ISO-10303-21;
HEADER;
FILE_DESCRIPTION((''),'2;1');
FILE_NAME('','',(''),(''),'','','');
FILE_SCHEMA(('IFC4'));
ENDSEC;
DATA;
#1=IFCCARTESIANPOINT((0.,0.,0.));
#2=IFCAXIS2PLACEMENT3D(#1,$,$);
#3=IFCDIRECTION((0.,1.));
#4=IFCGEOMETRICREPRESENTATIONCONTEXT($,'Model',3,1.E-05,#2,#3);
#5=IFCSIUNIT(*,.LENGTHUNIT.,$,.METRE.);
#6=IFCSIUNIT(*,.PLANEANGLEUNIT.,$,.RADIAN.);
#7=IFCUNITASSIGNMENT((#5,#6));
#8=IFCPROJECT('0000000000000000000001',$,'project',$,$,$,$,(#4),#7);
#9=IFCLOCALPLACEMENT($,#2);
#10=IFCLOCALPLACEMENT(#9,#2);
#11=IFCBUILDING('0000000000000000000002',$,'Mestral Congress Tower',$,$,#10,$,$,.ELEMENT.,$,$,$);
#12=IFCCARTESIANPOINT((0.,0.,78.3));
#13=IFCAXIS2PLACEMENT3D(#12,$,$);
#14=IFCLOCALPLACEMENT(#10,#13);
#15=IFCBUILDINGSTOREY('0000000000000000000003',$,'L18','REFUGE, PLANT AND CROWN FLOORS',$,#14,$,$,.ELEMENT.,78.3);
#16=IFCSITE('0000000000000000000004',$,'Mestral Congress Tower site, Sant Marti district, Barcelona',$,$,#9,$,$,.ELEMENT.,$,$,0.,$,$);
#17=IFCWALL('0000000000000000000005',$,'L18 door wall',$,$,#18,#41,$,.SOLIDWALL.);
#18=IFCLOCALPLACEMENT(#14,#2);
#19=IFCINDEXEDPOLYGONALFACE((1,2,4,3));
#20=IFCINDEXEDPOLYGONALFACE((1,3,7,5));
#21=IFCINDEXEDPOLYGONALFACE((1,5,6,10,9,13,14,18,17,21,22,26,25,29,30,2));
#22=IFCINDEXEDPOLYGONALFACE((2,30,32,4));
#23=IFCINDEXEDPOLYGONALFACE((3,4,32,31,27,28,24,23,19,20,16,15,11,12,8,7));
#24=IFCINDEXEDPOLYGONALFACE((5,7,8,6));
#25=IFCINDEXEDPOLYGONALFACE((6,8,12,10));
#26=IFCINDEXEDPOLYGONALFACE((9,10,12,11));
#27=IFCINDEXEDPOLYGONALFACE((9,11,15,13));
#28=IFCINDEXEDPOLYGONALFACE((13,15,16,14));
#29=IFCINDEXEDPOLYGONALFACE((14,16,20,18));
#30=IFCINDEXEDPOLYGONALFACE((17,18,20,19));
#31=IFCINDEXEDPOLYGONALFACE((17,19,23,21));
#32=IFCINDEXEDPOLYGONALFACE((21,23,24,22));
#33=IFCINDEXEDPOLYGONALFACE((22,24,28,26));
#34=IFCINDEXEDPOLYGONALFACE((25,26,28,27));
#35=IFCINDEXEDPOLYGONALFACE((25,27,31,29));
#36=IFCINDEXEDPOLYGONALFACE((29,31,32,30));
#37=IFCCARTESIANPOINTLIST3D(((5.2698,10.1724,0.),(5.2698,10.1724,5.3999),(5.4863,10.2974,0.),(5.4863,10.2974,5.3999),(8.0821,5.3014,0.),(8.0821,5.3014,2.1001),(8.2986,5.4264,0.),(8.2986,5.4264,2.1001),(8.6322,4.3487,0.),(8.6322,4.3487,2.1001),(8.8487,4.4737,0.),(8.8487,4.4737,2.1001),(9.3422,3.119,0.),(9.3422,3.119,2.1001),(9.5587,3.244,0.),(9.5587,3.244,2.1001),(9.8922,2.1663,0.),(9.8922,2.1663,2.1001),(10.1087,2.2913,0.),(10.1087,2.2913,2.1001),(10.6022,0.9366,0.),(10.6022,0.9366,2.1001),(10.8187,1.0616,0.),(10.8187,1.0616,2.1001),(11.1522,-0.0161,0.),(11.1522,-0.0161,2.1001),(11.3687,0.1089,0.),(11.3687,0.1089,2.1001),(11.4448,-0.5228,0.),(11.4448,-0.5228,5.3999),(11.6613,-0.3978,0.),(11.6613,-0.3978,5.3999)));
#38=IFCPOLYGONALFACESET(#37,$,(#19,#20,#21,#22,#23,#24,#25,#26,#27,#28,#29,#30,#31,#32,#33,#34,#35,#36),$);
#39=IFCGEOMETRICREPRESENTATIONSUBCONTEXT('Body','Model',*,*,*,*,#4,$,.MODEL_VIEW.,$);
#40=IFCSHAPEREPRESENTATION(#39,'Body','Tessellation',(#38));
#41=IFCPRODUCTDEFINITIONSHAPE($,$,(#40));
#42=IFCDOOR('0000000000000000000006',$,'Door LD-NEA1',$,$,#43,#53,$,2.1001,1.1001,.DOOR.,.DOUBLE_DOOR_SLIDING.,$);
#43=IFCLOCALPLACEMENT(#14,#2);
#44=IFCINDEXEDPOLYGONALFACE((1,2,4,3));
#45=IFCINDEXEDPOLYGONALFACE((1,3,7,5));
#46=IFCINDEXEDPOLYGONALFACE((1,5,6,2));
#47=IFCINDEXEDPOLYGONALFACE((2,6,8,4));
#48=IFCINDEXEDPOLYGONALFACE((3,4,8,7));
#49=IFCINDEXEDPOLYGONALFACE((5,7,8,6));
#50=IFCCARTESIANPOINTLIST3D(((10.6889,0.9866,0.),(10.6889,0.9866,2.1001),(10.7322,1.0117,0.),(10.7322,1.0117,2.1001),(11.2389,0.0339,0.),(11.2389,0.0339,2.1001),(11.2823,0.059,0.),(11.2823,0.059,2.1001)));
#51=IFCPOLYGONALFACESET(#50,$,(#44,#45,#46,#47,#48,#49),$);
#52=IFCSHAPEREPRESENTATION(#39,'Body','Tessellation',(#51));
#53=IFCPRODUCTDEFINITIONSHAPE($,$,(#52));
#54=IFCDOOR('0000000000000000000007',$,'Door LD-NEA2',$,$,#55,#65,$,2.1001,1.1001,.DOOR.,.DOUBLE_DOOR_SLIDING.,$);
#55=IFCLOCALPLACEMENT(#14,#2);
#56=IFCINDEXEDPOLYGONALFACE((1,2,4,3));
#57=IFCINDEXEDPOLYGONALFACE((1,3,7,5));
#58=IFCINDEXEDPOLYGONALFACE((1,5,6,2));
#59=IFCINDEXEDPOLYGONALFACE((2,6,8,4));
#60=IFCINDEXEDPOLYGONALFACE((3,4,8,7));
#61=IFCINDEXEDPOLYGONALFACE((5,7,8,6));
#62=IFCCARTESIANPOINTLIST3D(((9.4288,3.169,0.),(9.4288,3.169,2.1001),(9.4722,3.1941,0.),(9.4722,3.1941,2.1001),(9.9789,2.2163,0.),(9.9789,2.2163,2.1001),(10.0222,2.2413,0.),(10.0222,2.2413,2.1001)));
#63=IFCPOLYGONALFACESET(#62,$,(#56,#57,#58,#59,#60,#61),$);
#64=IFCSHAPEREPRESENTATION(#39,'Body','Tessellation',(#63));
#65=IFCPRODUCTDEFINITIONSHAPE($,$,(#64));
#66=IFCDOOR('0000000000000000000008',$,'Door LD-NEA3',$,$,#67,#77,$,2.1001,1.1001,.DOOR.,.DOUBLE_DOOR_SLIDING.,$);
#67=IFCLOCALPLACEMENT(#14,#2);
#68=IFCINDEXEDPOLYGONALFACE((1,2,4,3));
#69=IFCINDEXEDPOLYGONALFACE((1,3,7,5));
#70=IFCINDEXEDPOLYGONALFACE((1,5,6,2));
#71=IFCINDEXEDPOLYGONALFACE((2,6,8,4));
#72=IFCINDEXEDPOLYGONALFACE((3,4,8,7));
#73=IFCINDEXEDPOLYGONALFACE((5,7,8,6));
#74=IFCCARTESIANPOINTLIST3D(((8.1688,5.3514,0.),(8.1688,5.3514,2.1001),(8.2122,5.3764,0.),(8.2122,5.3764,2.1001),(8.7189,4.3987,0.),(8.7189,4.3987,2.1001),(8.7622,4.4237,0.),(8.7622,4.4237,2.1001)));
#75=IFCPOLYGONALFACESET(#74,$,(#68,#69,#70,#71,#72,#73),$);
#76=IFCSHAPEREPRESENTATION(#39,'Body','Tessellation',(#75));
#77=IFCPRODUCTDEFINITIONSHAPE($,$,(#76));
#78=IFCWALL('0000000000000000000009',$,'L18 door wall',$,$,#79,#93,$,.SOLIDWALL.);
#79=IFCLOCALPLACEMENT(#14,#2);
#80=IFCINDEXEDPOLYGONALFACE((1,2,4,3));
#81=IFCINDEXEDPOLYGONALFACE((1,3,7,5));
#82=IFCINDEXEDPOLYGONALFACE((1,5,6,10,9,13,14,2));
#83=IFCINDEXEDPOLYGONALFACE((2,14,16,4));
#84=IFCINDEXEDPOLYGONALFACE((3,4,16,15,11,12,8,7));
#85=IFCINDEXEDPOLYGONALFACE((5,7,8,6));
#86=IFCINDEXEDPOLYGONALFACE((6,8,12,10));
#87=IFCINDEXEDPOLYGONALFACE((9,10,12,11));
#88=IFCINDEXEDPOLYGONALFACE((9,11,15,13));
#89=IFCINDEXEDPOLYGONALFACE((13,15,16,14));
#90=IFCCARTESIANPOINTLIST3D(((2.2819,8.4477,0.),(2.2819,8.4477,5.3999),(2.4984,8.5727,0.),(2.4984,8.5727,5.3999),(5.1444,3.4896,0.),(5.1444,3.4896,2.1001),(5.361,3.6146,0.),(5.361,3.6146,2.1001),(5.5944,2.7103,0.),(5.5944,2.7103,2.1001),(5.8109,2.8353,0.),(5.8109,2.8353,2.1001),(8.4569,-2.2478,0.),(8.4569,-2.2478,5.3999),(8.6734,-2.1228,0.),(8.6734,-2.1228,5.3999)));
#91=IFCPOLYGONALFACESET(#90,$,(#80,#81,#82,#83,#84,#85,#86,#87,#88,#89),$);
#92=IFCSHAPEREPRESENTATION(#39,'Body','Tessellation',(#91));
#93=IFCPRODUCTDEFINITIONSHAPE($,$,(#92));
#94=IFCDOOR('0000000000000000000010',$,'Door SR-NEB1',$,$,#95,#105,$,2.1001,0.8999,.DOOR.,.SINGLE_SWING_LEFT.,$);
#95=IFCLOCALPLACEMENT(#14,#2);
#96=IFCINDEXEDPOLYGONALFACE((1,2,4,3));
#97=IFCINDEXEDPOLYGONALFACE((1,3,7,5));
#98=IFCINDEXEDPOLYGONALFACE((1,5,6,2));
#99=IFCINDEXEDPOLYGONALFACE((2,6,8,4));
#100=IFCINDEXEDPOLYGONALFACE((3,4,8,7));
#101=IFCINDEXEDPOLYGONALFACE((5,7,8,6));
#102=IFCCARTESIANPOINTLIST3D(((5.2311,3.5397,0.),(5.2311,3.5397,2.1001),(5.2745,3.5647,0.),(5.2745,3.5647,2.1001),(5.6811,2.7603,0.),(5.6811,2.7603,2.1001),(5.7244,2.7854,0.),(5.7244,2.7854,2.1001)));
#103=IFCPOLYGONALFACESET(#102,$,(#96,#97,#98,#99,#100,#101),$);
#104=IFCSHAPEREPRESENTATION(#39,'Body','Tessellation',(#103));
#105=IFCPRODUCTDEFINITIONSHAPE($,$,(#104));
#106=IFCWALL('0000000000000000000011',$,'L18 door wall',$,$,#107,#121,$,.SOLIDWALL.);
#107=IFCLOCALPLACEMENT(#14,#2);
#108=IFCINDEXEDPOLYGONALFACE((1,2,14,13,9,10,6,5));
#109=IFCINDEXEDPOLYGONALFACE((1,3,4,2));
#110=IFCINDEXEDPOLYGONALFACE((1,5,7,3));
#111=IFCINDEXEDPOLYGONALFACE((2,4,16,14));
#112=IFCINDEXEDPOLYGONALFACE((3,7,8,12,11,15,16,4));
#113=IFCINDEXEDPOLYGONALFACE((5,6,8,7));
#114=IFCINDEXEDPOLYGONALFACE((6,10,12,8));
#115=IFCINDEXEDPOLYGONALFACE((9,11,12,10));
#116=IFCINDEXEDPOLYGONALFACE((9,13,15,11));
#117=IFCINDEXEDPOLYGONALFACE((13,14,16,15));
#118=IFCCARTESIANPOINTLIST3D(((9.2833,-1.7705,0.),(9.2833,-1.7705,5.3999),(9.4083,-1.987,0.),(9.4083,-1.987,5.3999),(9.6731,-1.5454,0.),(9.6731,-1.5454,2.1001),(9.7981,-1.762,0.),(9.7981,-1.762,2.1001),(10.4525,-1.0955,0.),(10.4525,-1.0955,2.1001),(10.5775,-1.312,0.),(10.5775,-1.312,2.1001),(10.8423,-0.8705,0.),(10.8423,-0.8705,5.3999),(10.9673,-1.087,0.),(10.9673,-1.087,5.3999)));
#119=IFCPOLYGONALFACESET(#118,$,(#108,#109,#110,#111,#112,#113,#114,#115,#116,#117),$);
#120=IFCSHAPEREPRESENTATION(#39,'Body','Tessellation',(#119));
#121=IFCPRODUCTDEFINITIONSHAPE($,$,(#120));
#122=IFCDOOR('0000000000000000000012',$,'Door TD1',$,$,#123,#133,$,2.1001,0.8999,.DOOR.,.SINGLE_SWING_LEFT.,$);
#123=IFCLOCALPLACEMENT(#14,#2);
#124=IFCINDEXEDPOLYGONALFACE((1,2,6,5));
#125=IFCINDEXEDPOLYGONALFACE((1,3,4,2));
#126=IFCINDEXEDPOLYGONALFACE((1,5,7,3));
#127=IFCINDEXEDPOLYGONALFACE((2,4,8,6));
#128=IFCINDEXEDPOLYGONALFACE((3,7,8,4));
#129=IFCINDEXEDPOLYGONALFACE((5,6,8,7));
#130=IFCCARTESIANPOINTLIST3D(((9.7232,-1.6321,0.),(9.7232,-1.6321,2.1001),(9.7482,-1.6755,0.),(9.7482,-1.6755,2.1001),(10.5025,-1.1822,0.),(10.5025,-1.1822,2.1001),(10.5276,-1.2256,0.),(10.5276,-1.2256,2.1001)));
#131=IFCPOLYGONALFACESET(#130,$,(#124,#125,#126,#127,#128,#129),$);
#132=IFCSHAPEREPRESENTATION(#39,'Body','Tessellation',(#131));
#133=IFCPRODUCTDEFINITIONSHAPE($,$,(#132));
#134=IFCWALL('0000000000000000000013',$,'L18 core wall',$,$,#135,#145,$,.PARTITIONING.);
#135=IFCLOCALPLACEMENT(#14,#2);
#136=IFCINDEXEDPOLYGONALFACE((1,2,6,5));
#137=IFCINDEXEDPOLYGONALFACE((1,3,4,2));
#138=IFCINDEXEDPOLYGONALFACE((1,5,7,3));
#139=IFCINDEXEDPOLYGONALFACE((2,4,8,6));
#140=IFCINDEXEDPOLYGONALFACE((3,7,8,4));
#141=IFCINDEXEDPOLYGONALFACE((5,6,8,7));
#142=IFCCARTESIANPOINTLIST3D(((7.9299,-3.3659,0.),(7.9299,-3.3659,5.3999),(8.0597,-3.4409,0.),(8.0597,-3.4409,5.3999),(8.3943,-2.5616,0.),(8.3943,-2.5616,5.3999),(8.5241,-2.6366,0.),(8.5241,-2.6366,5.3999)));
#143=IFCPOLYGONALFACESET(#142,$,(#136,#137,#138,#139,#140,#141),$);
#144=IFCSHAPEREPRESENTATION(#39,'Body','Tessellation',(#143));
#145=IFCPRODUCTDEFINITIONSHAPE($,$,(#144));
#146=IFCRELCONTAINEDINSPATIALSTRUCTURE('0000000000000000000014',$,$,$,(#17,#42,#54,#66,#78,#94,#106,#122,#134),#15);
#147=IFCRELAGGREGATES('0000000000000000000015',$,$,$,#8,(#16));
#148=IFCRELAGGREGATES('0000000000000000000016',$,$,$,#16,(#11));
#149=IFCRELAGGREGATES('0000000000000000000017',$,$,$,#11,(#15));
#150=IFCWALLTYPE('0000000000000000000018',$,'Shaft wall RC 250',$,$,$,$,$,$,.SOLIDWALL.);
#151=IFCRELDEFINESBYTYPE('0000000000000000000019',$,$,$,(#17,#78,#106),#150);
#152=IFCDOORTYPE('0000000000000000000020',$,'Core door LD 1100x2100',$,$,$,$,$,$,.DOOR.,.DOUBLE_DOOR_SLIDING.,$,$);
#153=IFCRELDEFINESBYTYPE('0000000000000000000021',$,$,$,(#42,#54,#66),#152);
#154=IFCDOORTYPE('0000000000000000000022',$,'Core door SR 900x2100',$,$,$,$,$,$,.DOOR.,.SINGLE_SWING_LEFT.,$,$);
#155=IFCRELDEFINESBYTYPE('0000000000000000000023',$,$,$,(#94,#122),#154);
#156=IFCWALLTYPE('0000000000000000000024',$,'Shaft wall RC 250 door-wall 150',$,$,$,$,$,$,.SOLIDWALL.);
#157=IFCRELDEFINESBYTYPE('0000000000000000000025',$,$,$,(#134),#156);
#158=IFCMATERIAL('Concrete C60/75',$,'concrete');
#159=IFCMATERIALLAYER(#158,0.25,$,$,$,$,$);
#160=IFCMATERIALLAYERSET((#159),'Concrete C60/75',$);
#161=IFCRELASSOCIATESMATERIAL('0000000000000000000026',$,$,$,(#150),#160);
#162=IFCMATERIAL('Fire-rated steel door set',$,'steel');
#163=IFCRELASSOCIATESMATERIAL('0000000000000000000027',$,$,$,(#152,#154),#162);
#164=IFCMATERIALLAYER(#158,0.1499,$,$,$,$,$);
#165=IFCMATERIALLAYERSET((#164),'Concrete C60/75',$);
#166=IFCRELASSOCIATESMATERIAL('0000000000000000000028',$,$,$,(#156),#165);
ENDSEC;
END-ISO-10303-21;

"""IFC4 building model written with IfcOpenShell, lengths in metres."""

from ifc_helpers import new_model, si_unit, direction, frame, frame_2d, origin, place, context, subcontext, project, spatial, rectangle, extrude, material, layer, layer_set, type_object, element, fill, save


model = new_model("IFC4")

# Units and contexts
model_context = context("Model", 3, precision=1e-05, world=origin(), true_north=direction((0.0, 1.0)))
body_context = subcontext(model_context, "Body", "Model", "MODEL_VIEW")
ifc_project = project(units=[si_unit("LENGTHUNIT", "METRE"), si_unit("PLANEANGLEUNIT", "RADIAN")], contexts=[model_context])

# Site, building, storey
site_placement = place(None, origin())
site = spatial("IfcSite", under=ifc_project, at=site_placement, Name="Mestral Congress Tower site, Sant Marti district, Barcelona", CompositionType="ELEMENT", RefElevation=0.0)
building_placement = place(site_placement, origin())
building = spatial("IfcBuilding", under=site, at=building_placement, Name="Mestral Congress Tower", CompositionType="ELEMENT")
storey_placement = place(building_placement, frame((0.0, 0.0, 78.3)))
storey = spatial("IfcBuildingStorey", under=building, at=storey_placement, Name="L18", Description="REFUGE, PLANT AND CROWN FLOORS", CompositionType="ELEMENT", Elevation=78.3)

# Shared definitions
ifc_material_1 = material(Name="Concrete C60/75", Category="concrete")
ifc_layer_1 = layer(ifc_material_1, 0.25)
ifc_layer_set_1 = layer_set([ifc_layer_1], Name="Concrete C60/75")
wall_type_1 = type_object("IfcWallType", Name="Shaft wall RC 250", PredefinedType="SOLIDWALL", material=ifc_layer_set_1)

# Wall, openings, doors
wall_1_placement = place(storey_placement, frame((11.553, -0.4602, 0.0), z_axis=(0.0, 0.0, 1.0), x_axis=(-0.500007, 0.866022, 0.0)))
wall_1 = element("IfcWall", 1, at=wall_1_placement, inside=storey, type_object=wall_type_1, Name="L18 door wall", PredefinedType="SOLIDWALL", context=body_context, shape_type="SweptSolid", body=[
    extrude(rectangle(XDim=12.3499, YDim=0.25, at=frame_2d((6.1748, 0.0))), origin(), (0.0, 0.0, 1.0), 5.3999),
])
opening_1_placement = place(wall_1_placement, frame((0.585, 0.0, 0.0)))
opening_1 = element("IfcOpeningElement", 2, at=opening_1_placement, cuts=wall_1, PredefinedType="OPENING", context=body_context, shape_type="SweptSolid", body=[
    extrude(rectangle(XDim=1.1001, YDim=2.1001, at=frame_2d((0.55, 1.05))), frame((0.0, 0.135, 0.0), z_axis=(0.0, -1.0, 0.0), x_axis=(1.0, 0.0, 0.0)), (0.0, 0.0, 1.0), 0.27),
])
opening_2_placement = place(wall_1_placement, frame((3.105, 0.0, 0.0)))
opening_2 = element("IfcOpeningElement", 3, at=opening_2_placement, cuts=wall_1, PredefinedType="OPENING", context=body_context, shape_type="SweptSolid", body=[
    extrude(rectangle(XDim=1.1001, YDim=2.1001, at=frame_2d((0.55, 1.05))), frame((0.0, 0.135, 0.0), z_axis=(0.0, -1.0, 0.0), x_axis=(1.0, 0.0, 0.0)), (0.0, 0.0, 1.0), 0.27),
])
opening_3_placement = place(wall_1_placement, frame((5.625, 0.0, 0.0)))
opening_3 = element("IfcOpeningElement", 4, at=opening_3_placement, cuts=wall_1, PredefinedType="OPENING", context=body_context, shape_type="SweptSolid", body=[
    extrude(rectangle(XDim=1.1001, YDim=2.1001, at=frame_2d((0.55, 1.05))), frame((0.0, 0.135, 0.0), z_axis=(0.0, -1.0, 0.0), x_axis=(1.0, 0.0, 0.0)), (0.0, 0.0, 1.0), 0.27),
])
ifc_material_2 = material(Name="Fire-rated steel door set", Category="steel")
door_type_1 = type_object("IfcDoorType", Name="Core door LD 1100x2100", OperationType="DOUBLE_DOOR_SLIDING", PredefinedType="DOOR", material=ifc_material_2)
door_1_placement = place(opening_1_placement, origin())
door_1 = element("IfcDoor", 5, at=door_1_placement, inside=storey, type_object=door_type_1, Name="Door LD-NEA1", OperationType="DOUBLE_DOOR_SLIDING", OverallHeight=2.1001, OverallWidth=1.1001, PredefinedType="DOOR", context=body_context, shape_type="SweptSolid", body=[
    extrude(rectangle(XDim=1.1001, YDim=2.1001, at=frame_2d((0.55, 1.05))), frame((0.0, 0.0249, 0.0), z_axis=(0.0, -1.0, 0.0), x_axis=(1.0, 0.0, 0.0)), (0.0, 0.0, 1.0), 0.05),
])
fill(opening_1, door_1)
door_2_placement = place(opening_2_placement, origin())
door_2 = element("IfcDoor", 6, at=door_2_placement, inside=storey, type_object=door_type_1, Name="Door LD-NEA2", OperationType="DOUBLE_DOOR_SLIDING", OverallHeight=2.1001, OverallWidth=1.1001, PredefinedType="DOOR", context=body_context, shape_type="SweptSolid", body=[
    extrude(rectangle(XDim=1.1001, YDim=2.1001, at=frame_2d((0.55, 1.05))), frame((0.0, 0.0249, 0.0), z_axis=(0.0, -1.0, 0.0), x_axis=(1.0, 0.0, 0.0)), (0.0, 0.0, 1.0), 0.05),
])
fill(opening_2, door_2)
door_3_placement = place(opening_3_placement, origin())
door_3 = element("IfcDoor", 7, at=door_3_placement, inside=storey, type_object=door_type_1, Name="Door LD-NEA3", OperationType="DOUBLE_DOOR_SLIDING", OverallHeight=2.1001, OverallWidth=1.1001, PredefinedType="DOOR", context=body_context, shape_type="SweptSolid", body=[
    extrude(rectangle(XDim=1.1001, YDim=2.1001, at=frame_2d((0.55, 1.05))), frame((0.0, 0.0249, 0.0), z_axis=(0.0, -1.0, 0.0), x_axis=(1.0, 0.0, 0.0)), (0.0, 0.0, 1.0), 0.05),
])
fill(opening_3, door_3)

# Walls, openings, doors
wall_2_placement = place(storey_placement, frame((8.5652, -2.1853, 0.0), z_axis=(0.0, 0.0, 1.0), x_axis=(-0.499998, 0.866027, 0.0)))
wall_2 = element("IfcWall", 8, at=wall_2_placement, inside=storey, type_object=wall_type_1, Name="L18 door wall", PredefinedType="SOLIDWALL", context=body_context, shape_type="SweptSolid", body=[
    extrude(rectangle(XDim=12.3501, YDim=0.25, at=frame_2d((6.175, 0.0))), origin(), (0.0, 0.0, 1.0), 5.3999),
])
opening_4_placement = place(wall_2_placement, frame((5.7251, 0.0, 0.0)))
opening_4 = element("IfcOpeningElement", 9, at=opening_4_placement, cuts=wall_2, PredefinedType="OPENING", context=body_context, shape_type="SweptSolid", body=[
    extrude(rectangle(XDim=0.8999, YDim=2.1001, at=frame_2d((0.45, 1.05))), frame((0.0, 0.135, 0.0), z_axis=(0.0, -1.0, 0.0), x_axis=(1.0, 0.0, 0.0)), (0.0, 0.0, 1.0), 0.27),
])
door_type_2 = type_object("IfcDoorType", Name="Core door SR 900x2100", OperationType="SINGLE_SWING_LEFT", PredefinedType="DOOR", material=ifc_material_2)
door_4_placement = place(opening_4_placement, origin())
door_4 = element("IfcDoor", 10, at=door_4_placement, inside=storey, type_object=door_type_2, Name="Door SR-NEB1", OperationType="SINGLE_SWING_LEFT", OverallHeight=2.1001, OverallWidth=0.8999, PredefinedType="DOOR", context=body_context, shape_type="SweptSolid", body=[
    extrude(rectangle(XDim=0.8999, YDim=2.1001, at=frame_2d((0.45, 1.05))), frame((0.0, 0.0249, 0.0), z_axis=(0.0, -1.0, 0.0), x_axis=(1.0, 0.0, 0.0)), (0.0, 0.0, 1.0), 0.05),
])
fill(opening_4, door_4)
wall_3_placement = place(storey_placement, frame((9.3459, -1.8787, 0.0), z_axis=(0.0, 0.0, 1.0), x_axis=(0.866048, 0.499961, 0.0)))
wall_3 = element("IfcWall", 11, at=wall_3_placement, inside=storey, type_object=wall_type_1, Name="L18 door wall", PredefinedType="SOLIDWALL", context=body_context, shape_type="SweptSolid", body=[
    extrude(rectangle(XDim=1.8, YDim=0.25, at=frame_2d((0.8999, 0.0))), origin(), (0.0, 0.0, 1.0), 5.3999),
])
opening_5_placement = place(wall_3_placement, frame((0.45, 0.0, 0.0)))
opening_5 = element("IfcOpeningElement", 12, at=opening_5_placement, cuts=wall_3, PredefinedType="OPENING", context=body_context, shape_type="SweptSolid", body=[
    extrude(rectangle(XDim=0.8999, YDim=2.1001, at=frame_2d((0.45, 1.05))), frame((0.0, 0.135, 0.0), z_axis=(0.0, -1.0, 0.0), x_axis=(1.0, 0.0, 0.0)), (0.0, 0.0, 1.0), 0.27),
])
door_5_placement = place(opening_5_placement, origin())
door_5 = element("IfcDoor", 13, at=door_5_placement, inside=storey, type_object=door_type_2, Name="Door TD1", OperationType="SINGLE_SWING_LEFT", OverallHeight=2.1001, OverallWidth=0.8999, PredefinedType="DOOR", context=body_context, shape_type="SweptSolid", body=[
    extrude(rectangle(XDim=0.8999, YDim=2.1001, at=frame_2d((0.45, 1.05))), frame((0.0, 0.0249, 0.0), z_axis=(0.0, -1.0, 0.0), x_axis=(1.0, 0.0, 0.0)), (0.0, 0.0, 1.0), 0.05),
])
fill(opening_5, door_5)

# Wall
ifc_layer_2 = layer(ifc_material_1, 0.1499)
ifc_layer_set_2 = layer_set([ifc_layer_2], Name="Concrete C60/75")
wall_type_2 = type_object("IfcWallType", Name="Shaft wall RC 250 door-wall 150", PredefinedType="SOLIDWALL", material=ifc_layer_set_2)
wall_4_placement = place(storey_placement, frame((8.4592, -2.5991, 0.0), z_axis=(0.0, 0.0, 1.0), x_axis=(-0.500041, -0.866002, 0.0)))
element("IfcWall", 14, at=wall_4_placement, inside=storey, type_object=wall_type_2, Name="L18 core wall", PredefinedType="PARTITIONING", context=body_context, shape_type="SweptSolid", body=[
    extrude(rectangle(XDim=0.9287, YDim=0.1499, at=frame_2d((0.4644, 0.0))), origin(), (0.0, 0.0, 1.0), 5.3999),
])

save(model, "model.ifc")
